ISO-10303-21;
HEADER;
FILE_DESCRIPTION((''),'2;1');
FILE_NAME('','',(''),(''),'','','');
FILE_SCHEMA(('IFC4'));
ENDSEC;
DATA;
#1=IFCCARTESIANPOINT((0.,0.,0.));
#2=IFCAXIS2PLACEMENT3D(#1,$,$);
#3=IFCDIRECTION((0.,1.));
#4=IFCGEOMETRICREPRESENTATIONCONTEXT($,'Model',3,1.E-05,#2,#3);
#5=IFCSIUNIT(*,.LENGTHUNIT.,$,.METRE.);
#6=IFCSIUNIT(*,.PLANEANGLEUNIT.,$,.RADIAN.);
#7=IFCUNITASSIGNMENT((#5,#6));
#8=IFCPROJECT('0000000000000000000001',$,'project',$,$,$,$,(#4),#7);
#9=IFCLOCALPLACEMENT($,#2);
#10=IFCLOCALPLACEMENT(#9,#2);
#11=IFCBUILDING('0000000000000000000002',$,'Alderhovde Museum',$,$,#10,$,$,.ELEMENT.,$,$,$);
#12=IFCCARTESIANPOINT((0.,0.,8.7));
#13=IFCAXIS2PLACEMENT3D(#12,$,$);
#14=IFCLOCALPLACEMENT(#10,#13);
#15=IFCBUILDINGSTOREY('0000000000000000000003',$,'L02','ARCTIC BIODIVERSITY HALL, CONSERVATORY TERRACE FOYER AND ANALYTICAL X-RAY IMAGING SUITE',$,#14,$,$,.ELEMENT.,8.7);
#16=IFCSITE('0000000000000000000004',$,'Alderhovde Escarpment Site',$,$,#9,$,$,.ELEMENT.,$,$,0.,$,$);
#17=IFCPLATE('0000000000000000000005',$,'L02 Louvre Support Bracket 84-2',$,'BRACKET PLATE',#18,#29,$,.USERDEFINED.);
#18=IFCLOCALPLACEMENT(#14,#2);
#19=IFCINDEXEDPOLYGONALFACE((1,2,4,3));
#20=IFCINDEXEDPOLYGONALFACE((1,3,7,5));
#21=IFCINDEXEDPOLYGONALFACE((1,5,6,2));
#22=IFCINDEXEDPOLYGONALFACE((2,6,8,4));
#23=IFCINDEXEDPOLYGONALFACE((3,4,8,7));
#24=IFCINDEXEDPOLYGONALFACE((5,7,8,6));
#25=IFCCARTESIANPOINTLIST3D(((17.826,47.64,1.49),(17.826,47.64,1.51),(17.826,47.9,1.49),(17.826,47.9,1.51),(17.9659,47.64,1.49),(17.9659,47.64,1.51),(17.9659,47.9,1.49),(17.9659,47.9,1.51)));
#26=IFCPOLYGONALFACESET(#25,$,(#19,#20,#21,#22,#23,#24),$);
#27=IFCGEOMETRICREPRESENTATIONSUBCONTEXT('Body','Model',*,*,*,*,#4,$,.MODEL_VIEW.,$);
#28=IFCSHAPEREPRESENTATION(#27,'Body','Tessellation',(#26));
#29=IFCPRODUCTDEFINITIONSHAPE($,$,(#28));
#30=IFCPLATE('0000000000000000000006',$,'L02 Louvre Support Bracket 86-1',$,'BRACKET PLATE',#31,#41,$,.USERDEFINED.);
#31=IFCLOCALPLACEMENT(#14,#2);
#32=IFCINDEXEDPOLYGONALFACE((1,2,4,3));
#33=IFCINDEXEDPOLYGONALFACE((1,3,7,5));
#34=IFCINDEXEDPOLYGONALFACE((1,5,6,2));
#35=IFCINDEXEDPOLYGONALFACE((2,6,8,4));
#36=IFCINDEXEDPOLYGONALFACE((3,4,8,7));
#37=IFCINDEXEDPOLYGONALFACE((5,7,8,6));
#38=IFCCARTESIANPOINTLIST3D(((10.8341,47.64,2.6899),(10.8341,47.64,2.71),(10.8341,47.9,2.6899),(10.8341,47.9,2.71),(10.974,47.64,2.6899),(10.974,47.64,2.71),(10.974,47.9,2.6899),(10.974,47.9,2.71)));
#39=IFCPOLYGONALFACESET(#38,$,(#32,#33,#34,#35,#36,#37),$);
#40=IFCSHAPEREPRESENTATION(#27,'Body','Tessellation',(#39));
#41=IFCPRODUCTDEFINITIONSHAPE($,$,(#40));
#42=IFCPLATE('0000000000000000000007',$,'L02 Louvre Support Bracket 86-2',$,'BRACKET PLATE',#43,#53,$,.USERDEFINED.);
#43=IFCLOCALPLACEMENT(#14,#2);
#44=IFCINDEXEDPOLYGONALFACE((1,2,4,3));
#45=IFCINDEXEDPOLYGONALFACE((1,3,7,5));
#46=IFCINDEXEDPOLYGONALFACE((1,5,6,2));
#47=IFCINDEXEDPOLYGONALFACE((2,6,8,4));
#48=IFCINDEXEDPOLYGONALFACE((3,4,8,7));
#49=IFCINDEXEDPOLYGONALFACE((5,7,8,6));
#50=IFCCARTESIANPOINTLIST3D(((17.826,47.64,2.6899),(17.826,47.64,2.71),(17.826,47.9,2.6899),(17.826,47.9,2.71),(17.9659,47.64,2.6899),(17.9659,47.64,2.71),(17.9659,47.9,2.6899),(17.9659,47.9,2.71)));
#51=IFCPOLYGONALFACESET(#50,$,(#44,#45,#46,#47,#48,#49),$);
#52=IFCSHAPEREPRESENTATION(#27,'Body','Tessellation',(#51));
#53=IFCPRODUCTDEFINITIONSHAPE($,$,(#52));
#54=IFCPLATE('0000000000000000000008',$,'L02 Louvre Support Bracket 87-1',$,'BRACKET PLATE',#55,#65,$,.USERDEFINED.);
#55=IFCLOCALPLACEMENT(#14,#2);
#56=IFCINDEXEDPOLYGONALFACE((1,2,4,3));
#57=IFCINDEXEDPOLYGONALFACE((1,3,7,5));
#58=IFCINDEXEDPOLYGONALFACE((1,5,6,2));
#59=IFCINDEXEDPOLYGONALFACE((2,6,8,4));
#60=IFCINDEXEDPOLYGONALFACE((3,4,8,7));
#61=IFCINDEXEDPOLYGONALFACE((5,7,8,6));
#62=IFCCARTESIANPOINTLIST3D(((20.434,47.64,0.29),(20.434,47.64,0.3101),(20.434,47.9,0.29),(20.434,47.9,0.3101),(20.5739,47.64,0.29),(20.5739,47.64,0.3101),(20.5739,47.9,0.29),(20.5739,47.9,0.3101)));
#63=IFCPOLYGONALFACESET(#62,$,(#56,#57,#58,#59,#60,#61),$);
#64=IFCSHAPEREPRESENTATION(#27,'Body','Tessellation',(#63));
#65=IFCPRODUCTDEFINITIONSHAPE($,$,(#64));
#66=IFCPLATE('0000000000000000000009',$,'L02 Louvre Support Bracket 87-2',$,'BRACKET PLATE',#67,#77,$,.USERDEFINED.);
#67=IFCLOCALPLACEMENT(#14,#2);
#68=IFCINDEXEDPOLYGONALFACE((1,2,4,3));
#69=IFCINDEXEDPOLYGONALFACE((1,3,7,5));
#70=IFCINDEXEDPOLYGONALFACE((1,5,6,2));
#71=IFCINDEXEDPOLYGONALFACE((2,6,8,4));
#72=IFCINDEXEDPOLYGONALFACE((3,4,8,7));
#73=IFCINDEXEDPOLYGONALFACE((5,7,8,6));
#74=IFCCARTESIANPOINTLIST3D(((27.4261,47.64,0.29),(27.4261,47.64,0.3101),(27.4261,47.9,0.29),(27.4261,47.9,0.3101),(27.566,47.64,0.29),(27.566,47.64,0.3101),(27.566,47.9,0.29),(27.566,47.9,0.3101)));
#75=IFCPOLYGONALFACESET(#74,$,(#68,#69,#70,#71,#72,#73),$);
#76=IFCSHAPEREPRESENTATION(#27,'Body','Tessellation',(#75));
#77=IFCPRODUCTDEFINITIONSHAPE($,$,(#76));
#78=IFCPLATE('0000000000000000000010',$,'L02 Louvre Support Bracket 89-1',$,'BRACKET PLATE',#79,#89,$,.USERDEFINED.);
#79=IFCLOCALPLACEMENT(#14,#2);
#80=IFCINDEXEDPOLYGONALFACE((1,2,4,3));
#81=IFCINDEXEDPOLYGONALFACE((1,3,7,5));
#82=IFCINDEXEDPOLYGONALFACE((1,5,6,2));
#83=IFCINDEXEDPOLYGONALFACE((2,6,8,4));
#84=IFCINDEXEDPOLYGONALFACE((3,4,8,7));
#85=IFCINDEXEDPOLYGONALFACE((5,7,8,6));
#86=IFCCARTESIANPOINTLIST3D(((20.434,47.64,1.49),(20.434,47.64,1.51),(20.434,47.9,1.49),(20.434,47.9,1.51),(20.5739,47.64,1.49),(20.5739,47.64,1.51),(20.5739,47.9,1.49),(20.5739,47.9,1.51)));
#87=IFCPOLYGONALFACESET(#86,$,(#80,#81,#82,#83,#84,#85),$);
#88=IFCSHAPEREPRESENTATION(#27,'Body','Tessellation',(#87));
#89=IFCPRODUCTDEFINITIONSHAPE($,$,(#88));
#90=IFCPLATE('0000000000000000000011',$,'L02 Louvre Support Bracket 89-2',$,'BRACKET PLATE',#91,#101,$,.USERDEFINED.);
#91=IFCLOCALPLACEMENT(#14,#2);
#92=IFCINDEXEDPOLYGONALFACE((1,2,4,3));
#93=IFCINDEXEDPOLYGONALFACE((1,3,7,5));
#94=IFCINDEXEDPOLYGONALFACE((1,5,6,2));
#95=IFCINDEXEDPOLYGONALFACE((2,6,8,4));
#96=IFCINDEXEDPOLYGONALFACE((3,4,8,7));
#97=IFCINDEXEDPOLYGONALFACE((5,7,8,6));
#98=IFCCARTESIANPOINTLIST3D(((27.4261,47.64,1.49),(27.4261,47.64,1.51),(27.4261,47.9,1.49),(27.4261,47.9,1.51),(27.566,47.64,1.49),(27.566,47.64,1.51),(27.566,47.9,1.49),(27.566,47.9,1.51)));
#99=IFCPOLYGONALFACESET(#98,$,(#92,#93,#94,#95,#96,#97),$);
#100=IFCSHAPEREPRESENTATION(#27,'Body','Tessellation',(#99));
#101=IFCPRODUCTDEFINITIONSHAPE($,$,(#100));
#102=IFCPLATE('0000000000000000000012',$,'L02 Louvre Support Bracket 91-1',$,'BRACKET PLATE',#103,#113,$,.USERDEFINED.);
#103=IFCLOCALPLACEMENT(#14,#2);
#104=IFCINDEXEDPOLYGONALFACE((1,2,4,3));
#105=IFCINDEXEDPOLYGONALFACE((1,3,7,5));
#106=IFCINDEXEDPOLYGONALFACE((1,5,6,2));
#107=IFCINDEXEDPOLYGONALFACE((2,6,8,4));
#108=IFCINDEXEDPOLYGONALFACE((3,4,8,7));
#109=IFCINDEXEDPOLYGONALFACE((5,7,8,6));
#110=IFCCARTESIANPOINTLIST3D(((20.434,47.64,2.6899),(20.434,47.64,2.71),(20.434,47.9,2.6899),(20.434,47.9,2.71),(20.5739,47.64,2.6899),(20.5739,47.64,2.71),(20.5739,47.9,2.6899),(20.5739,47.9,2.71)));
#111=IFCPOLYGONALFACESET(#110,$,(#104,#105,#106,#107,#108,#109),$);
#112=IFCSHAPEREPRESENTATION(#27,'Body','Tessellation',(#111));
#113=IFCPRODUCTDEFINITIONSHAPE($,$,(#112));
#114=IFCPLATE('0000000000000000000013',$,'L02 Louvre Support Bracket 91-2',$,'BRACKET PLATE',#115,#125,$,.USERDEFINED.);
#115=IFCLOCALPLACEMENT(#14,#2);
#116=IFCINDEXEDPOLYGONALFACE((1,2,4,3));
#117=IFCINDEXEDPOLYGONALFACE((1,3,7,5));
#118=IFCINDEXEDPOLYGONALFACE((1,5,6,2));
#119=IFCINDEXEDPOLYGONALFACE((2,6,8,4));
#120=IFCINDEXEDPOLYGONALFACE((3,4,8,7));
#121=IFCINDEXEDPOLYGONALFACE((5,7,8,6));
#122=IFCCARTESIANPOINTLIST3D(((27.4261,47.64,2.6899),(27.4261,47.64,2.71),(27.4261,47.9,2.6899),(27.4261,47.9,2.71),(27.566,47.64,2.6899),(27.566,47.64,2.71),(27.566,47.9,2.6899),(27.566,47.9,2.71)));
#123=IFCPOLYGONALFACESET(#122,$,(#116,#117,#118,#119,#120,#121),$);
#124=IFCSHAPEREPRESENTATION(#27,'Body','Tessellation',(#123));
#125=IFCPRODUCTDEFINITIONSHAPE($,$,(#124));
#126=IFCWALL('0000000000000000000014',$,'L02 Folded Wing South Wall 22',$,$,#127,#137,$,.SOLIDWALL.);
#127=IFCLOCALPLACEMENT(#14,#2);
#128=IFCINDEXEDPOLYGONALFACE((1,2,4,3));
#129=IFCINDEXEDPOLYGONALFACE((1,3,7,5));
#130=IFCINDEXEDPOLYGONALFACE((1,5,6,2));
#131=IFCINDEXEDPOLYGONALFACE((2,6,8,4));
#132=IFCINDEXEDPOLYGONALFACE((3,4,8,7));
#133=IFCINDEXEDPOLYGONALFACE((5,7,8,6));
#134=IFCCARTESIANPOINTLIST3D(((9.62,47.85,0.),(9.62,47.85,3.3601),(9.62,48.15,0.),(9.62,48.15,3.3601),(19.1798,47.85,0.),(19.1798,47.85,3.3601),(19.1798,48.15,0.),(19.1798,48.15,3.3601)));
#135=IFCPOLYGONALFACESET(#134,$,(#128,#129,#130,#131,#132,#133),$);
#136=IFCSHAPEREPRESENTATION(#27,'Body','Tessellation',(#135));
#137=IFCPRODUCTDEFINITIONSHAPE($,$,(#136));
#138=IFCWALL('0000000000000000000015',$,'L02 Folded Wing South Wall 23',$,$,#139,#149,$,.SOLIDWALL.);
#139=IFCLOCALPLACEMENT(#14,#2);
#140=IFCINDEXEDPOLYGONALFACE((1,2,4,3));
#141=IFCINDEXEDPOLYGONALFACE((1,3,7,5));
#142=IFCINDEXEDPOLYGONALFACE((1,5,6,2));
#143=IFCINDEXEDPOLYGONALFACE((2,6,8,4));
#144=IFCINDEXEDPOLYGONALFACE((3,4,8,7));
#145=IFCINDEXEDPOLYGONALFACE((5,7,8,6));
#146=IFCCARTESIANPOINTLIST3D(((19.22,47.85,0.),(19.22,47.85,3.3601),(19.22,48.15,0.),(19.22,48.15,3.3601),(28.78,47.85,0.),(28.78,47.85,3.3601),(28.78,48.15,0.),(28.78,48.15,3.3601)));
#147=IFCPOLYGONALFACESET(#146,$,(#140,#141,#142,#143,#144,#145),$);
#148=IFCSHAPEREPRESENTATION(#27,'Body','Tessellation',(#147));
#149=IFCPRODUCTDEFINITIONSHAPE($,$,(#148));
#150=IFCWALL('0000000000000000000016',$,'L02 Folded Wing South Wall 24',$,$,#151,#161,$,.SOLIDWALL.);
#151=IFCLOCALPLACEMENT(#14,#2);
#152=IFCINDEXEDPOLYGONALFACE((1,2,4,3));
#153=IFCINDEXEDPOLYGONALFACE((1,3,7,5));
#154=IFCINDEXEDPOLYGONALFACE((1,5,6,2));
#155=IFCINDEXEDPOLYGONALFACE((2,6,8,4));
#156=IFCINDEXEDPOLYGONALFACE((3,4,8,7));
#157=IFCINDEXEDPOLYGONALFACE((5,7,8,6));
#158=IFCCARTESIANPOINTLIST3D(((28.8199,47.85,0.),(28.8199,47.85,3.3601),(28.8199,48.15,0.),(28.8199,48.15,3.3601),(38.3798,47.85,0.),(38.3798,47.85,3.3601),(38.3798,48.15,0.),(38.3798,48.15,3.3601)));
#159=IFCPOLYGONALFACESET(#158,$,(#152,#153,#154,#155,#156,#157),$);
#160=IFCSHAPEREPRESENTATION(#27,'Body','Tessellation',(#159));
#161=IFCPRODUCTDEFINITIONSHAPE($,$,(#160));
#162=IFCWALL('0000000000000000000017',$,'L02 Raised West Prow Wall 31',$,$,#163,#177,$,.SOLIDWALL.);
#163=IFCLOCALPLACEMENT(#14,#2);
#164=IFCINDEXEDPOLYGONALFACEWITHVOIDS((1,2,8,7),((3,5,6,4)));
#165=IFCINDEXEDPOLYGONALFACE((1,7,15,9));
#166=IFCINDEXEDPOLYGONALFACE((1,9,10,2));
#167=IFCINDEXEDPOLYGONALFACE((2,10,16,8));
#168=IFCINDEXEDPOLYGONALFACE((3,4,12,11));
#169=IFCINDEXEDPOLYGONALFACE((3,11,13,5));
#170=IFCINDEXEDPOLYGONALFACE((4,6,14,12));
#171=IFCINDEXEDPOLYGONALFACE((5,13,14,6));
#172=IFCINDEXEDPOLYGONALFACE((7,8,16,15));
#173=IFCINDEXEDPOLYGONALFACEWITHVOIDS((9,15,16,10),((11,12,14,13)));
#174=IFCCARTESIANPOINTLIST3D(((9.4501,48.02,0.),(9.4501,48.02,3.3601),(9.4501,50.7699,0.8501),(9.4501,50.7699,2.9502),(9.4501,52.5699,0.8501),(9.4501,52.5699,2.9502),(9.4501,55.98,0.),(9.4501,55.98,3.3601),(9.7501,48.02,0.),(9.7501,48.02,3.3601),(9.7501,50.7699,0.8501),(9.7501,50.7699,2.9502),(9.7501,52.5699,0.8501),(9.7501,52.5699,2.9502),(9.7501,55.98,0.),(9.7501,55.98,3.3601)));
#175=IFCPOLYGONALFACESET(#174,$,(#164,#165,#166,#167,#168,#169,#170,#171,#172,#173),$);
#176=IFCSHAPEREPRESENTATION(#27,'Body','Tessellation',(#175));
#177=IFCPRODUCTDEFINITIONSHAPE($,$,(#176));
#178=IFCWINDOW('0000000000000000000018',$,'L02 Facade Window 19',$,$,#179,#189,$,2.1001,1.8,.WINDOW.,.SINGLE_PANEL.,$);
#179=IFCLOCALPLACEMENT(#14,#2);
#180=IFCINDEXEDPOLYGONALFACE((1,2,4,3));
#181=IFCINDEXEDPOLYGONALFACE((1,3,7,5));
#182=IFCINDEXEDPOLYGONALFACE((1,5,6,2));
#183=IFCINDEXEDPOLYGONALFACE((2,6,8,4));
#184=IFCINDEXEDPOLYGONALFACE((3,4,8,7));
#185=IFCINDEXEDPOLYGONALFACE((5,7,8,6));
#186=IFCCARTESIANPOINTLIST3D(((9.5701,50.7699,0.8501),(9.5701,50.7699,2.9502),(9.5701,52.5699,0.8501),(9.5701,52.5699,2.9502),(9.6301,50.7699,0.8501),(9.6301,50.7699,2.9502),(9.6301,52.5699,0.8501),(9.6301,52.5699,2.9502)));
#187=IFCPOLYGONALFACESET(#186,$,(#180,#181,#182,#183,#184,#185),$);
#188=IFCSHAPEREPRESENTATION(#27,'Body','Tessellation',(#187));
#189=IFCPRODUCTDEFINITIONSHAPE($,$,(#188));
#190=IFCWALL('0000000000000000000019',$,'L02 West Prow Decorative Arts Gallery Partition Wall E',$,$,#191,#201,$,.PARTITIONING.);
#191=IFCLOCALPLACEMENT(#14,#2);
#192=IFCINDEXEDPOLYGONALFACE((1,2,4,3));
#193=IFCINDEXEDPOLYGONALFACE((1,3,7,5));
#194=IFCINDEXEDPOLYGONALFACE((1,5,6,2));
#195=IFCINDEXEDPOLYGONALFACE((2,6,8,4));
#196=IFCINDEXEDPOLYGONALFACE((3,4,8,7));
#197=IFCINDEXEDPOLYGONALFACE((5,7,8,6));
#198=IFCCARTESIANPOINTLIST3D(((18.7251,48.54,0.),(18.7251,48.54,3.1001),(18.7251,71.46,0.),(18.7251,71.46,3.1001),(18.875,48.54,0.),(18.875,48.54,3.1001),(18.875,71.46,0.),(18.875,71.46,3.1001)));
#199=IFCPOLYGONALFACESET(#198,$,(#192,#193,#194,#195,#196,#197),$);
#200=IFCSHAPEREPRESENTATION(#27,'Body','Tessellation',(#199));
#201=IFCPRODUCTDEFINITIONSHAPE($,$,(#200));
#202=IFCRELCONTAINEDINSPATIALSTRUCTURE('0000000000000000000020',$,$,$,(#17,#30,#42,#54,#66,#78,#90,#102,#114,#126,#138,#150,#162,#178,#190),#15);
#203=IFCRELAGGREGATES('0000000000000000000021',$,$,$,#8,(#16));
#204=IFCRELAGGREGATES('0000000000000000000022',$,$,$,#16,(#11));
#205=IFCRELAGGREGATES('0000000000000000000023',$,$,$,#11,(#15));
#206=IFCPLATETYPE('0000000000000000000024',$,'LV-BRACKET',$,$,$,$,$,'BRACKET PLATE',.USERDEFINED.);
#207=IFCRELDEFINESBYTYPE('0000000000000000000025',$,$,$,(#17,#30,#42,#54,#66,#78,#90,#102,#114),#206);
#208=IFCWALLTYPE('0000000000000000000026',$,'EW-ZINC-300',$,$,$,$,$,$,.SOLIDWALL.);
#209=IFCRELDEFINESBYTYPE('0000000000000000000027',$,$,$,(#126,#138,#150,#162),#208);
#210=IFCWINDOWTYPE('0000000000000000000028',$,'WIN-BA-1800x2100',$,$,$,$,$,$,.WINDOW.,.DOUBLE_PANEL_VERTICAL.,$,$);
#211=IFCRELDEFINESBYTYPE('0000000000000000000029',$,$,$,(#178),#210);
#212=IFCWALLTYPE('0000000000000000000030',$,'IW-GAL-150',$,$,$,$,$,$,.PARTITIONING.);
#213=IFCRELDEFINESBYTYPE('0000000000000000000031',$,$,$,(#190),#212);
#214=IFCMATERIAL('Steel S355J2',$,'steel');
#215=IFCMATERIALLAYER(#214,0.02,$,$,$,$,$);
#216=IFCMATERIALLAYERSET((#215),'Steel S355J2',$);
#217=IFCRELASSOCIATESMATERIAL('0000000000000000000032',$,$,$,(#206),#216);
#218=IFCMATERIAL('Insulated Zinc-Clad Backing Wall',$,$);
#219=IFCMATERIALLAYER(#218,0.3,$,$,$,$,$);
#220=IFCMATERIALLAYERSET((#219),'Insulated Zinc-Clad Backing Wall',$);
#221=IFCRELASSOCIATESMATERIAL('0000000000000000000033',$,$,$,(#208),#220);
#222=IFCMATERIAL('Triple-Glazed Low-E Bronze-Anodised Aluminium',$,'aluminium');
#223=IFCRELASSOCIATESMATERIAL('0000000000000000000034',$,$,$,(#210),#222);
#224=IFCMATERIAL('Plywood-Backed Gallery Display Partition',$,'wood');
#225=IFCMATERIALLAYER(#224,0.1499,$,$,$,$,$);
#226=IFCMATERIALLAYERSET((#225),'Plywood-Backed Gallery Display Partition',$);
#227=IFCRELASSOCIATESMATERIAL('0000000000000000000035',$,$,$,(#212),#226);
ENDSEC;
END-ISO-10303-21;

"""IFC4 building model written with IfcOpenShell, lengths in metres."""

from ifc_helpers import new_model, si_unit, direction, frame, frame_2d, origin, origin_2d, place, context, subcontext, project, spatial, rectangle, extrude, material, layer, layer_set, type_object, element, fill, save


model = new_model("IFC4")

# Units and contexts
model_context = context("Model", 3, precision=1e-05, world=origin(), true_north=direction((0.0, 1.0)))
body_context = subcontext(model_context, "Body", "Model", "MODEL_VIEW")
ifc_project = project(units=[si_unit("LENGTHUNIT", "METRE"), si_unit("PLANEANGLEUNIT", "RADIAN")], contexts=[model_context])

# Site, building, storey
site_placement = place(None, origin())
site = spatial("IfcSite", under=ifc_project, at=site_placement, Name="Alderhovde Escarpment Site", CompositionType="ELEMENT", RefElevation=0.0)
building_placement = place(site_placement, origin())
building = spatial("IfcBuilding", under=site, at=building_placement, Name="Alderhovde Museum", CompositionType="ELEMENT")
storey_placement = place(building_placement, frame((0.0, 0.0, 8.7)))
storey = spatial("IfcBuildingStorey", under=building, at=storey_placement, Name="L02", Description="ARCTIC BIODIVERSITY HALL, CONSERVATORY TERRACE FOYER AND ANALYTICAL X-RAY IMAGING SUITE", CompositionType="ELEMENT", Elevation=8.7)

# Plates
ifc_material_1 = material(Name="Steel S355J2", Category="steel")
ifc_layer_1 = layer(ifc_material_1, 0.02)
ifc_layer_set_1 = layer_set([ifc_layer_1], Name="Steel S355J2")
plate_type = type_object("IfcPlateType", Name="LV-BRACKET", ElementType="BRACKET PLATE", PredefinedType="USERDEFINED", material=ifc_layer_set_1)
for number, where, z_axis, x_axis, name in (
    (1, (17.896, 47.77, 1.49), (0.0, 0.0, 1.0), (1.0, 0.0, 0.0), "L02 Louvre Support Bracket 84-2"),
    (2, (10.9041, 47.77, 2.6899), (0.0, 0.0, 1.0), (1.0, 0.0, 0.0), "L02 Louvre Support Bracket 86-1"),
    (3, (17.896, 47.77, 2.6899), (0.0, 0.0, 1.0), (1.0, 0.0, 0.0), "L02 Louvre Support Bracket 86-2"),
    (4, (20.5039, 47.77, 0.29), (0.0, 0.0, 1.0), (1.0, 0.0, 0.0), "L02 Louvre Support Bracket 87-1"),
    (5, (27.4961, 47.77, 0.29), (0.0, 0.0, 1.0), (1.0, 0.0, 0.0), "L02 Louvre Support Bracket 87-2"),
    (6, (20.5039, 47.77, 1.49), (0.0, 0.0, 1.0), (1.0, 0.0, 0.0), "L02 Louvre Support Bracket 89-1"),
    (7, (27.4961, 47.77, 1.49), (0.0, 0.0, 1.0), (1.0, 0.0, 0.0), "L02 Louvre Support Bracket 89-2"),
    (8, (20.5039, 47.77, 2.6899), (0.0, 0.0, 1.0), (1.0, 0.0, 0.0), "L02 Louvre Support Bracket 91-1"),
    (9, (27.4961, 47.77, 2.6899), (0.0, 0.0, 1.0), (1.0, 0.0, 0.0), "L02 Louvre Support Bracket 91-2"),
):
    element("IfcPlate", number, at=place(storey_placement, frame(where, z_axis=z_axis, x_axis=x_axis)), inside=storey, type_object=plate_type, Name=name, ObjectType="BRACKET PLATE", PredefinedType="USERDEFINED", context=body_context, shape_type="SweptSolid", body=[
        extrude(rectangle(XDim=0.1399, YDim=0.26, at=origin_2d()), origin(), (0.0, 0.0, 1.0), 0.02),
    ])

# Walls
ifc_material_2 = material(Name="Insulated Zinc-Clad Backing Wall")
ifc_layer_2 = layer(ifc_material_2, 0.3)
ifc_layer_set_2 = layer_set([ifc_layer_2], Name="Insulated Zinc-Clad Backing Wall")
wall_type_1 = type_object("IfcWallType", Name="EW-ZINC-300", PredefinedType="SOLIDWALL", material=ifc_layer_set_2)
wall_1_placement = place(storey_placement, frame((9.6201, 48.0, 0.0), z_axis=(0.0, 0.0, 1.0), x_axis=(1.0, 0.0, 0.0)))
element("IfcWall", 10, at=wall_1_placement, inside=storey, type_object=wall_type_1, Name="L02 Folded Wing South Wall 22", PredefinedType="SOLIDWALL", context=body_context, shape_type="SweptSolid", body=[
    extrude(rectangle(XDim=9.5598, YDim=0.3, at=frame_2d((4.7798, 0.0))), origin(), (0.0, 0.0, 1.0), 3.3601),
])
wall_2_placement = place(storey_placement, frame((19.22, 48.0, 0.0), z_axis=(0.0, 0.0, 1.0), x_axis=(1.0, 0.0, 0.0)))
element("IfcWall", 11, at=wall_2_placement, inside=storey, type_object=wall_type_1, Name="L02 Folded Wing South Wall 23", PredefinedType="SOLIDWALL", context=body_context, shape_type="SweptSolid", body=[
    extrude(rectangle(XDim=9.5601, YDim=0.3, at=frame_2d((4.78, 0.0))), origin(), (0.0, 0.0, 1.0), 3.3601),
])
wall_3_placement = place(storey_placement, frame((28.8201, 48.0, 0.0), z_axis=(0.0, 0.0, 1.0), x_axis=(1.0, 0.0, 0.0)))
element("IfcWall", 12, at=wall_3_placement, inside=storey, type_object=wall_type_1, Name="L02 Folded Wing South Wall 24", PredefinedType="SOLIDWALL", context=body_context, shape_type="SweptSolid", body=[
    extrude(rectangle(XDim=9.5598, YDim=0.3, at=frame_2d((4.7798, 0.0))), origin(), (0.0, 0.0, 1.0), 3.3601),
])

# Wall, opening, window
wall_4_placement = place(storey_placement, frame((9.6001, 48.02, 0.0), z_axis=(0.0, 0.0, 1.0), x_axis=(0.0, 1.0, 0.0)))
wall_4 = element("IfcWall", 13, at=wall_4_placement, inside=storey, type_object=wall_type_1, Name="L02 Raised West Prow Wall 31", PredefinedType="SOLIDWALL", context=body_context, shape_type="SweptSolid", body=[
    extrude(rectangle(XDim=7.96, YDim=0.3, at=frame_2d((3.98, 0.0))), origin(), (0.0, 0.0, 1.0), 3.3601),
])
opening_1_placement = place(wall_4_placement, frame((2.75, 0.0, 0.8501)))
opening_1 = element("IfcOpeningElement", 14, at=opening_1_placement, cuts=wall_4, PredefinedType="OPENING", context=body_context, shape_type="SweptSolid", body=[
    extrude(rectangle(XDim=1.8, YDim=2.1001, at=frame_2d((0.8999, 1.05))), frame((0.0, 0.1599, 0.0), z_axis=(0.0, -1.0, 0.0), x_axis=(1.0, 0.0, 0.0)), (0.0, 0.0, 1.0), 0.3201),
])
ifc_material_3 = material(Name="Triple-Glazed Low-E Bronze-Anodised Aluminium", Category="aluminium")
window_type = type_object("IfcWindowType", Name="WIN-BA-1800x2100", PartitioningType="DOUBLE_PANEL_VERTICAL", PredefinedType="WINDOW", material=ifc_material_3)
window_placement = place(opening_1_placement, origin())
window = element("IfcWindow", 15, at=window_placement, inside=storey, type_object=window_type, Name="L02 Facade Window 19", OverallHeight=2.1001, OverallWidth=1.8, PartitioningType="SINGLE_PANEL", PredefinedType="WINDOW", context=body_context, shape_type="SweptSolid", body=[
    extrude(rectangle(XDim=1.8, YDim=2.1001, at=frame_2d((0.8999, 1.05))), frame((0.0, 0.03, 0.0), z_axis=(0.0, -1.0, 0.0), x_axis=(1.0, 0.0, 0.0)), (0.0, 0.0, 1.0), 0.0601),
])
fill(opening_1, window)

# Wall
ifc_material_4 = material(Name="Plywood-Backed Gallery Display Partition", Category="wood")
ifc_layer_3 = layer(ifc_material_4, 0.1499)
ifc_layer_set_3 = layer_set([ifc_layer_3], Name="Plywood-Backed Gallery Display Partition")
wall_type_2 = type_object("IfcWallType", Name="IW-GAL-150", PredefinedType="PARTITIONING", material=ifc_layer_set_3)
wall_5_placement = place(storey_placement, frame((18.8, 48.54, 0.0), z_axis=(0.0, 0.0, 1.0), x_axis=(0.0, 1.0, 0.0)))
element("IfcWall", 16, at=wall_5_placement, inside=storey, type_object=wall_type_2, Name="L02 West Prow Decorative Arts Gallery Partition Wall E", PredefinedType="PARTITIONING", context=body_context, shape_type="SweptSolid", body=[
    extrude(rectangle(XDim=22.9199, YDim=0.1499, at=frame_2d((11.46, 0.0))), origin(), (0.0, 0.0, 1.0), 3.1001),
])

save(model, "model.ifc")
